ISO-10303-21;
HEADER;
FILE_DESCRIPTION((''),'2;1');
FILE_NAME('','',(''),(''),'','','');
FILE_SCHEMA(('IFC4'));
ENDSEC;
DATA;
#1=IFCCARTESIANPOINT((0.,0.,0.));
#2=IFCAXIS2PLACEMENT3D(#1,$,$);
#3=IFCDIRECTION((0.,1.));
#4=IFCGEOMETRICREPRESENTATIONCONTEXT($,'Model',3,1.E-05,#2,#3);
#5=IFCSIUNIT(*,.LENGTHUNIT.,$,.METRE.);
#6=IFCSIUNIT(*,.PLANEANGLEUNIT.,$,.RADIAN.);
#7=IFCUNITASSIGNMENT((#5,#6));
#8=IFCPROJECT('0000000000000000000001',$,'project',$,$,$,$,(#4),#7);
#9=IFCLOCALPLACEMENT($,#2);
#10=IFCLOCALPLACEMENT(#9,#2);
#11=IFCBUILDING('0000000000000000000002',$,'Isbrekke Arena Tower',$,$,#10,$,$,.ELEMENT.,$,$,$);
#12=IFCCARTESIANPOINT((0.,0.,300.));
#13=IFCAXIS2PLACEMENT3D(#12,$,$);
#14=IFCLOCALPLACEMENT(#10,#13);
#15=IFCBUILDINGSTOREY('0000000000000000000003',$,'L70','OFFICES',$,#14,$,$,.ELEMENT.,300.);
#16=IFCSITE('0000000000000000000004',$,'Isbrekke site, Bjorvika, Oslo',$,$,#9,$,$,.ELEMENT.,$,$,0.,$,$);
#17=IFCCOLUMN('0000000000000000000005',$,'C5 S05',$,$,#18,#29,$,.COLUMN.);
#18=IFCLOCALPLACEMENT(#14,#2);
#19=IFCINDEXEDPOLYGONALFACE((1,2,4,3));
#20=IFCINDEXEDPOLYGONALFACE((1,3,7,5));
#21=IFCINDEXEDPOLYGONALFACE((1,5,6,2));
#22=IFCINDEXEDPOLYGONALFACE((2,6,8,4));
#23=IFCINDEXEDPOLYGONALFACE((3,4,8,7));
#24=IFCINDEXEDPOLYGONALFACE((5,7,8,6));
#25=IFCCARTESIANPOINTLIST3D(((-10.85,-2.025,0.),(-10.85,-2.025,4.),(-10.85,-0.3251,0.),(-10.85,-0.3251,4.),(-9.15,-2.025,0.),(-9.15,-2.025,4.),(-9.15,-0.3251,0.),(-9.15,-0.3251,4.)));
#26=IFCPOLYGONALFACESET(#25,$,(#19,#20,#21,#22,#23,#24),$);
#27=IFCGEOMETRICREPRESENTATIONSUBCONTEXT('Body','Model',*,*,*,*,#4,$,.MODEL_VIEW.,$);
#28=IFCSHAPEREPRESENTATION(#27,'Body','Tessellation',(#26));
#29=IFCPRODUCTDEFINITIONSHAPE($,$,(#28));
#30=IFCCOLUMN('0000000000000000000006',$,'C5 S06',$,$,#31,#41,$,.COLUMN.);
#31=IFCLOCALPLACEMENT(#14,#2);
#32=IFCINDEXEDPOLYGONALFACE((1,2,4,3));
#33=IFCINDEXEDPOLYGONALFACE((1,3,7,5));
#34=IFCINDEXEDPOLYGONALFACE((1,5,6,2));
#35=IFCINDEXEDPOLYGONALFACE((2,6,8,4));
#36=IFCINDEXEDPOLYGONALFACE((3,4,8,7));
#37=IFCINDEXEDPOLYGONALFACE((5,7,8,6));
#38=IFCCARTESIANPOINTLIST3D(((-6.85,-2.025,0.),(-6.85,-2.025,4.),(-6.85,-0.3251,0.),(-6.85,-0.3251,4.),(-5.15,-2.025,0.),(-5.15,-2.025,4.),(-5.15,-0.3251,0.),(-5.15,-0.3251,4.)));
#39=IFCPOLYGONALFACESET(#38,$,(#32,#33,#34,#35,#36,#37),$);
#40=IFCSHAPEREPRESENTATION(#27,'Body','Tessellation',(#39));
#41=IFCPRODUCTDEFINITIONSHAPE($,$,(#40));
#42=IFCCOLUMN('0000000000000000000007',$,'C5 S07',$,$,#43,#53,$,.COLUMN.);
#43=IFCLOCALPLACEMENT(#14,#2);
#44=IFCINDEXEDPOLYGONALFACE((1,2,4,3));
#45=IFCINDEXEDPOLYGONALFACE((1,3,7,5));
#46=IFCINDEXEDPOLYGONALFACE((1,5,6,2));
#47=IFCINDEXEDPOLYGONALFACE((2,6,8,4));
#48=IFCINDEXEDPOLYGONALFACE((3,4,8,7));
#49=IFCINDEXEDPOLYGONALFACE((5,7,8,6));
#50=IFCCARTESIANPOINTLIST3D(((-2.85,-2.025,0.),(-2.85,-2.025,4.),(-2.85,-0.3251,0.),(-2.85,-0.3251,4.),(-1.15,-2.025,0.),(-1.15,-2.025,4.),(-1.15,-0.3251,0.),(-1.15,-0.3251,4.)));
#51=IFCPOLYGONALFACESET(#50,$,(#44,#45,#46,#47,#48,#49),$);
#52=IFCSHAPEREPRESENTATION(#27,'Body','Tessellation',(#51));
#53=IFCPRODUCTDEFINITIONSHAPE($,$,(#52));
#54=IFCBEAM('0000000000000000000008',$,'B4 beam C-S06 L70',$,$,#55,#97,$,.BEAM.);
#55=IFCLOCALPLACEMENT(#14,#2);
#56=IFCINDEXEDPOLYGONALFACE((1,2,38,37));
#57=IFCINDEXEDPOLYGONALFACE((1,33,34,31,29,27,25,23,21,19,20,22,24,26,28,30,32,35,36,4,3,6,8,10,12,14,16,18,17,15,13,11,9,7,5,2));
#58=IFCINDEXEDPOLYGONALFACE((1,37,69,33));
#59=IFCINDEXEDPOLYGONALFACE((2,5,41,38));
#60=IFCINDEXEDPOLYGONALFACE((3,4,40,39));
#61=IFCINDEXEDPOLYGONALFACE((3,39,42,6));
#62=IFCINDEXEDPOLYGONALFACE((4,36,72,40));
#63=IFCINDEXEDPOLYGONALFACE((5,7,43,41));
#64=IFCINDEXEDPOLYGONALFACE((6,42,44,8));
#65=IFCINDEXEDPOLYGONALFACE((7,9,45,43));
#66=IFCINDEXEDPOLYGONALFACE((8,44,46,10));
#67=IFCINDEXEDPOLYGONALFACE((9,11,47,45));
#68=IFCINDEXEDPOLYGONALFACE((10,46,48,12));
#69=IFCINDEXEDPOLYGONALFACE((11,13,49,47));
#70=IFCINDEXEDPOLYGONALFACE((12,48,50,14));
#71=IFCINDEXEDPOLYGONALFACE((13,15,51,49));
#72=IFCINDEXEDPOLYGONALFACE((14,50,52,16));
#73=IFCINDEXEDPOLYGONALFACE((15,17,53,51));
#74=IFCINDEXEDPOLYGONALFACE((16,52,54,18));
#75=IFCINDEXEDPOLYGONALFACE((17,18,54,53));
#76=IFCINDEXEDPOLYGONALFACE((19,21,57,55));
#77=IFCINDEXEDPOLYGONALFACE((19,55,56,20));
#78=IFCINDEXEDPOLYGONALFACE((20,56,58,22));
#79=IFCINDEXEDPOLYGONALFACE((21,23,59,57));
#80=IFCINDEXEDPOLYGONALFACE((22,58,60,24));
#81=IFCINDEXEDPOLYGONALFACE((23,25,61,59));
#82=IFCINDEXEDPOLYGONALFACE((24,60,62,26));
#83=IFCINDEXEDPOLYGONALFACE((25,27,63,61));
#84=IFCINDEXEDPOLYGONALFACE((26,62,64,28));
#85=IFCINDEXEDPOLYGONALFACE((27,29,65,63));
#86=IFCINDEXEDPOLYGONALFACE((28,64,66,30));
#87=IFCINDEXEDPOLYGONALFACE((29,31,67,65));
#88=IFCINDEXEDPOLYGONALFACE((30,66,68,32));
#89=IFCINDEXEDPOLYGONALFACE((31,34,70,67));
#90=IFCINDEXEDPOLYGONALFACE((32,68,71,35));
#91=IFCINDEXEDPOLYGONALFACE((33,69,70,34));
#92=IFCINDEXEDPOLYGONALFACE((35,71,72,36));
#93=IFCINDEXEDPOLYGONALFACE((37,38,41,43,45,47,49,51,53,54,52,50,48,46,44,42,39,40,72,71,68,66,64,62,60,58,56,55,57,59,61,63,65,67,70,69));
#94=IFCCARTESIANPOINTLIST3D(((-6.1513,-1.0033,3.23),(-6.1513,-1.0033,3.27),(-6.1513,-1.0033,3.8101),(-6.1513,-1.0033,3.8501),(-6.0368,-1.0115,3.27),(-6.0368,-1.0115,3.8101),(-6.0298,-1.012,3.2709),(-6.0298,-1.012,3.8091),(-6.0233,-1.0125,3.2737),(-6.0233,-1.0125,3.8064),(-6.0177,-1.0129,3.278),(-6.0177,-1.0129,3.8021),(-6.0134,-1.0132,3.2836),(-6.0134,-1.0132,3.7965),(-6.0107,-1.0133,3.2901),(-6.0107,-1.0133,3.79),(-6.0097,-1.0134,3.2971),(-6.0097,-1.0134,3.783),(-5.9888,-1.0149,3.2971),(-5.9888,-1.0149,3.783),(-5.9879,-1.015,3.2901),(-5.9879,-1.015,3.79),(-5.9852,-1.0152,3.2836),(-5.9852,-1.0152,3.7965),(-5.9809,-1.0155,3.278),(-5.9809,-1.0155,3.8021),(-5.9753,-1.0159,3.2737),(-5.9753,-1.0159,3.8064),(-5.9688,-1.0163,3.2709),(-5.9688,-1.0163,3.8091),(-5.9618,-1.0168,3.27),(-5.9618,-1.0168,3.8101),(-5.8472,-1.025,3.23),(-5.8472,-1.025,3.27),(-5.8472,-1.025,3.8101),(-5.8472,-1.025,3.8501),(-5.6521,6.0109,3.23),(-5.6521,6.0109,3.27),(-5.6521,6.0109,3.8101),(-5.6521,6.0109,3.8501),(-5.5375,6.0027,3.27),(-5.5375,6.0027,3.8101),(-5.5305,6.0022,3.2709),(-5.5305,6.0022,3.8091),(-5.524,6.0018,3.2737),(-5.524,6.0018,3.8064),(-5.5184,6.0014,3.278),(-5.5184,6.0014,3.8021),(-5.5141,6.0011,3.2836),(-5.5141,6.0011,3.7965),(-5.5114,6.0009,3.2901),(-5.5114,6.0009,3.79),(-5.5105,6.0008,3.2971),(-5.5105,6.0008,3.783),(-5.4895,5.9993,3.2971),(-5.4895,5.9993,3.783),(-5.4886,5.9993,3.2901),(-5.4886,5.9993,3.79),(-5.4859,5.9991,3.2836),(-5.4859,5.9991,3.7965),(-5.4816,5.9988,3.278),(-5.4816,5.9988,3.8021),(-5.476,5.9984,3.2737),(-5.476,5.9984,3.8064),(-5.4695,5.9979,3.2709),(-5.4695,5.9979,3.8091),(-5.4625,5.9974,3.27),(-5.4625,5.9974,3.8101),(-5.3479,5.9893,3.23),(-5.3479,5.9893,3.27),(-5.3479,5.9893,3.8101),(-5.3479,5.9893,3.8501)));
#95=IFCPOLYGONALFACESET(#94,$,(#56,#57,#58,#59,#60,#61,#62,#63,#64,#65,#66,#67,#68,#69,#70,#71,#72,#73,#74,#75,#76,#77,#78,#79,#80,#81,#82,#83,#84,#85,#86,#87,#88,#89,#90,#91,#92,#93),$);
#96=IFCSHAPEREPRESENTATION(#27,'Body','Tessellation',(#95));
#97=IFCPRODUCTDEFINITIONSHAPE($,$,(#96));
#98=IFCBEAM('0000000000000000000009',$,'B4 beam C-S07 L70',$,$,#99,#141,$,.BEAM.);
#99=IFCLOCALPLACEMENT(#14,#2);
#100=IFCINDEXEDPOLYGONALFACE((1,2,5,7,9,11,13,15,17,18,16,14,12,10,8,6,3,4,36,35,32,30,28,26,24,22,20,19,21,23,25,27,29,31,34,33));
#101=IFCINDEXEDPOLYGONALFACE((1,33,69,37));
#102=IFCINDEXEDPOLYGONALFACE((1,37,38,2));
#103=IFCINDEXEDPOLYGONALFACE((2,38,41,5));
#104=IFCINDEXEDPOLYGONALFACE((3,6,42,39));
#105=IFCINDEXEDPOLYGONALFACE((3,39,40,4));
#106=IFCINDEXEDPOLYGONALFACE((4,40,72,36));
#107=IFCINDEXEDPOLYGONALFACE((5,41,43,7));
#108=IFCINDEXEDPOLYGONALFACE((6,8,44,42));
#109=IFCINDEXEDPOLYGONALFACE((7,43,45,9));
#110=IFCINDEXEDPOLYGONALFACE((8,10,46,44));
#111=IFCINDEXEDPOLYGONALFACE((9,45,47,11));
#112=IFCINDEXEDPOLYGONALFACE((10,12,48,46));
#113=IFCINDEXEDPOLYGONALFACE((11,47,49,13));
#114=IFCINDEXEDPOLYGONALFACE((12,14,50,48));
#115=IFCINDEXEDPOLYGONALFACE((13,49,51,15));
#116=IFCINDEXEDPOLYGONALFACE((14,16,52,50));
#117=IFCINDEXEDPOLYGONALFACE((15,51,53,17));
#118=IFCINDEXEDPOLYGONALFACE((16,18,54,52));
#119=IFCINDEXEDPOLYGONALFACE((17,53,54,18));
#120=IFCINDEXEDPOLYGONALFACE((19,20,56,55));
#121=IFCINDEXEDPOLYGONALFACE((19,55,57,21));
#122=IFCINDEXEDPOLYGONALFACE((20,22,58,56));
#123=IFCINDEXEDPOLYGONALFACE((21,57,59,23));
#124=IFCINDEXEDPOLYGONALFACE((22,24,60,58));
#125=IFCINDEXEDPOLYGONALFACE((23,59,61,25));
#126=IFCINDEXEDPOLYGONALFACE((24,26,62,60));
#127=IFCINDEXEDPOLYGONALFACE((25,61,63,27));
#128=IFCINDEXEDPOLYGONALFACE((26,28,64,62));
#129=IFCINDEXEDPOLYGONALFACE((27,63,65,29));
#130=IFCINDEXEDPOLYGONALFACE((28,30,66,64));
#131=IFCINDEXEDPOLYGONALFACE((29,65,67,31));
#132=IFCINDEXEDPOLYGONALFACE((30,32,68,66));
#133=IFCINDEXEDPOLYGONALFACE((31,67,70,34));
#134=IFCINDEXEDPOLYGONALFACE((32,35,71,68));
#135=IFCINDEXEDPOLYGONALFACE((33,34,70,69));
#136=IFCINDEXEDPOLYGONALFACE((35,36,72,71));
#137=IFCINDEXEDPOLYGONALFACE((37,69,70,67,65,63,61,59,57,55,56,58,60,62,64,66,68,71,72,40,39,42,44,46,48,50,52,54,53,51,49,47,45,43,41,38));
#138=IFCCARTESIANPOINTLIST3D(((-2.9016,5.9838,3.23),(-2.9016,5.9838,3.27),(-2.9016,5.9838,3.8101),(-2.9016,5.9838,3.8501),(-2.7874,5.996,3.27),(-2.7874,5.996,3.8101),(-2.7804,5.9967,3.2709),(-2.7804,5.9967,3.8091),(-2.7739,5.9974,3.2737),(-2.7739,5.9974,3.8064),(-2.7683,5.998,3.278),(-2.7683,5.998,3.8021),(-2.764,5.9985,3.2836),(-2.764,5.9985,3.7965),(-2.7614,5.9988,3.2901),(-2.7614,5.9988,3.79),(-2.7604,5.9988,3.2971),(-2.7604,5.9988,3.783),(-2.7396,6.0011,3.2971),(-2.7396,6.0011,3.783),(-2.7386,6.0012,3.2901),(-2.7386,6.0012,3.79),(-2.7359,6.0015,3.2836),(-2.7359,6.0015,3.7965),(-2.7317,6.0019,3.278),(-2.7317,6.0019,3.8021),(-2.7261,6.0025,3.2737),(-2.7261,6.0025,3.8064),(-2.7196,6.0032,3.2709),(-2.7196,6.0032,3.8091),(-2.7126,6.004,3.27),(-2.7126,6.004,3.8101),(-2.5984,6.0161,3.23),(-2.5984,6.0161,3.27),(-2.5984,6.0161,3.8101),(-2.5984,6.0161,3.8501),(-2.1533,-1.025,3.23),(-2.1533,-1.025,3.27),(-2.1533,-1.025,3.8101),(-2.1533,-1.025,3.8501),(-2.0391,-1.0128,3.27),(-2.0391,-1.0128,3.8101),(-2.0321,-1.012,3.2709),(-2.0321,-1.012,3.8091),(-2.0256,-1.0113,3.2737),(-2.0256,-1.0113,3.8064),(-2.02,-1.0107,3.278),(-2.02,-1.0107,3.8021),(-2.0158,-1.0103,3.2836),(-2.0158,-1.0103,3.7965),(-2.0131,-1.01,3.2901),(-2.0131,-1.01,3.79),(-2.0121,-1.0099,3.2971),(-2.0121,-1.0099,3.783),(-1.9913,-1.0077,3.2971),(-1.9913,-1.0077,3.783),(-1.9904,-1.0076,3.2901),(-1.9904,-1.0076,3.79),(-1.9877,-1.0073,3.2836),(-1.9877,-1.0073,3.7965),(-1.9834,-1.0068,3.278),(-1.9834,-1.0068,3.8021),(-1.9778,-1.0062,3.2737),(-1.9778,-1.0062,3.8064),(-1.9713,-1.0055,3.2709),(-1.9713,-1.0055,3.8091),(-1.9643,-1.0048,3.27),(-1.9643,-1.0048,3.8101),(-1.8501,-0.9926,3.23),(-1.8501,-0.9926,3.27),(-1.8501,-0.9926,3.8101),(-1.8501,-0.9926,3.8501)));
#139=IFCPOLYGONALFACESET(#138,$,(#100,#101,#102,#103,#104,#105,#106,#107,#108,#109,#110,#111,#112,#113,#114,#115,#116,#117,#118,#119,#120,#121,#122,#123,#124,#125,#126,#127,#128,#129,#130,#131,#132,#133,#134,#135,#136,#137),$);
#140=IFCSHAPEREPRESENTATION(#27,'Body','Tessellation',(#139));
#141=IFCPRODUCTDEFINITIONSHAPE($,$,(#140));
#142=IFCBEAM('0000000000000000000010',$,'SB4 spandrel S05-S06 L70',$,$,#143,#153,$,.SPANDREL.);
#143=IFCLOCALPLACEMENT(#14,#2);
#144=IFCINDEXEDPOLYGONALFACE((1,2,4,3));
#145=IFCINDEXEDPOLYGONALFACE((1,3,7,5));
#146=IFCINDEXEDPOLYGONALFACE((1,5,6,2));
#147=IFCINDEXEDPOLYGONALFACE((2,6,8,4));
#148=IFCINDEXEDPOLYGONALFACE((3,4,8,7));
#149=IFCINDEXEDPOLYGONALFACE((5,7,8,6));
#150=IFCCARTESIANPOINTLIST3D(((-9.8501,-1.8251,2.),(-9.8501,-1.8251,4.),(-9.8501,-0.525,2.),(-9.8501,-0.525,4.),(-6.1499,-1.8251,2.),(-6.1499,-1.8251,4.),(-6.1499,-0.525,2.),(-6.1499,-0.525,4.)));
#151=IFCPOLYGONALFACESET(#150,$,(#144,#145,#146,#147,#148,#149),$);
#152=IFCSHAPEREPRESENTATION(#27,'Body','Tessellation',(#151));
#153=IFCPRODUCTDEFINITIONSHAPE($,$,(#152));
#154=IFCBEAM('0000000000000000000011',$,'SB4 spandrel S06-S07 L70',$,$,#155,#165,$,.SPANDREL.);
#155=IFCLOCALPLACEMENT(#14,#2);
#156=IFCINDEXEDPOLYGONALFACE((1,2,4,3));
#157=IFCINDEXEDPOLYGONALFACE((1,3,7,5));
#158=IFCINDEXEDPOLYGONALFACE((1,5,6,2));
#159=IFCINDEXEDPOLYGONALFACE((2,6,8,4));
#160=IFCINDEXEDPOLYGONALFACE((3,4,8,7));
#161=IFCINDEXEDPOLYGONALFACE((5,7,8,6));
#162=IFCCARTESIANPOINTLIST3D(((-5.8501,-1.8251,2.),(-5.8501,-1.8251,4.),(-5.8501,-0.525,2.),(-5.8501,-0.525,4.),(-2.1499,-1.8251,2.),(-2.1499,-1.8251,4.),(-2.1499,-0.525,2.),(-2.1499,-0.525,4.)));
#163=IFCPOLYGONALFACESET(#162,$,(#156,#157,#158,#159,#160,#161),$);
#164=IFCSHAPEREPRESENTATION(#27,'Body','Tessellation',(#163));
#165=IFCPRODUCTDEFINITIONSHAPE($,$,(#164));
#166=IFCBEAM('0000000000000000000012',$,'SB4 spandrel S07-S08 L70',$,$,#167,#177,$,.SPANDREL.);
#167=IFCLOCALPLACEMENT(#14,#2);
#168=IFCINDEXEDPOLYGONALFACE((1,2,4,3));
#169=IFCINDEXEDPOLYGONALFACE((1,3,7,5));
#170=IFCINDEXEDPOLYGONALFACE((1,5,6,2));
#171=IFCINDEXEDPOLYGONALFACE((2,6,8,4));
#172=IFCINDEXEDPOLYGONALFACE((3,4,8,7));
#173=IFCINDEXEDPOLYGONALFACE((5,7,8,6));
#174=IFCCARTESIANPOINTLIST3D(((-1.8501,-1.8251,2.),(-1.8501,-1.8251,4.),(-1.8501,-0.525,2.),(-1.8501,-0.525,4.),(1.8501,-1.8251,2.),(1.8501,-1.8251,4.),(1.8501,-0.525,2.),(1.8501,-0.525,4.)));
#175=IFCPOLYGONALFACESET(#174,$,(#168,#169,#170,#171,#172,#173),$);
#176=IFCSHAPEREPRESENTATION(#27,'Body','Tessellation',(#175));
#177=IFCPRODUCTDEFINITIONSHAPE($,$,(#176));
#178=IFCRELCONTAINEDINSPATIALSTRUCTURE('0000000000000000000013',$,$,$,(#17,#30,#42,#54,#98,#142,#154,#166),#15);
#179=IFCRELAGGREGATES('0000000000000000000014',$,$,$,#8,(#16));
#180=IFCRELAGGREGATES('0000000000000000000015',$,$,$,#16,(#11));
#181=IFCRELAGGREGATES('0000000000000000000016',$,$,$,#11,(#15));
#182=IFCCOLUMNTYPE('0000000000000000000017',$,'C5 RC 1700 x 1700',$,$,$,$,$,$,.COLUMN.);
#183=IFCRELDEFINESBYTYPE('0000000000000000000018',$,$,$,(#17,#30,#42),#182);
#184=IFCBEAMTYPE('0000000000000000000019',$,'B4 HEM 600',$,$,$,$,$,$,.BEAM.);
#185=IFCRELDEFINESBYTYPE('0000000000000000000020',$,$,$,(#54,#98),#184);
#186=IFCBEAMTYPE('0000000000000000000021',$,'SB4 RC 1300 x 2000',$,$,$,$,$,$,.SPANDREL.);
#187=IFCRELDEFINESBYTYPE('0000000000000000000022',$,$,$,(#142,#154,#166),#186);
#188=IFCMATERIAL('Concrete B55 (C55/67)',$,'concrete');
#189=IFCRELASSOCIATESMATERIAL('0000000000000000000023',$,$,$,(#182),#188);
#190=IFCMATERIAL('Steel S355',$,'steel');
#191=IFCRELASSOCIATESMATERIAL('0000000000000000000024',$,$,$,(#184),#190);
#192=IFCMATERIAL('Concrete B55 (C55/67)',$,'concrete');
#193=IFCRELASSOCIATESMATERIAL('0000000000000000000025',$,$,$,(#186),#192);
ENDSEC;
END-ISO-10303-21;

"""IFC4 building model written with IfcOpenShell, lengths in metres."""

from ifc_helpers import new_model, si_unit, direction, frame, origin, origin_2d, place, context, subcontext, project, spatial, rectangle, i_section, extrude, material, material_profile, profile_set, type_object, element, save


model = new_model("IFC4")

# Units and contexts
model_context = context("Model", 3, precision=1e-05, world=origin(), true_north=direction((0.0, 1.0)))
body_context = subcontext(model_context, "Body", "Model", "MODEL_VIEW")
ifc_project = project(units=[si_unit("LENGTHUNIT", "METRE"), si_unit("PLANEANGLEUNIT", "RADIAN")], contexts=[model_context])

# Site, building, storey
site_placement = place(None, origin())
site = spatial("IfcSite", under=ifc_project, at=site_placement, Name="Isbrekke site, Bjorvika, Oslo", CompositionType="ELEMENT", RefElevation=0.0)
building_placement = place(site_placement, origin())
building = spatial("IfcBuilding", under=site, at=building_placement, Name="Isbrekke Arena Tower", CompositionType="ELEMENT")
storey_placement = place(building_placement, frame((0.0, 0.0, 300.0)))
storey = spatial("IfcBuildingStorey", under=building, at=storey_placement, Name="L70", Description="OFFICES", CompositionType="ELEMENT", Elevation=300.0)

# Columns
ifc_material_1 = material(Name="Concrete B55 (C55/67)", Category="concrete")
ifc_material_profile_1 = material_profile(ifc_material_1, rectangle(XDim=1.7, YDim=1.7, at=origin_2d()), Name="RC 1700x1700")
ifc_profile_set_1 = profile_set([ifc_material_profile_1], Name="Concrete B55 (C55/67)")
column_type = type_object("IfcColumnType", Name="C5 RC 1700 x 1700", PredefinedType="COLUMN", material=ifc_profile_set_1)
for number, where, z_axis, x_axis, name in (
    (1, (-10.0, -1.175, 0.0), (0.0, 0.0, 1.0), (1.0, 0.0, 0.0), "C5 S05"),
    (2, (-6.0, -1.175, 0.0), (0.0, 0.0, 1.0), (1.0, 0.0, 0.0), "C5 S06"),
    (3, (-2.0, -1.175, 0.0), (0.0, 0.0, 1.0), (1.0, 0.0, 0.0), "C5 S07"),
):
    element("IfcColumn", number, at=place(storey_placement, frame(where, z_axis=z_axis, x_axis=x_axis)), inside=storey, type_object=column_type, Name=name, PredefinedType="COLUMN", context=body_context, shape_type="SweptSolid", body=[
        extrude(rectangle(XDim=1.7, YDim=1.7, at=origin_2d()), origin(), (0.0, 0.0, 1.0), 4.0),
    ])

# Beams
ifc_material_2 = material(Name="Steel S355", Category="steel")
ifc_material_profile_2 = material_profile(ifc_material_2, i_section(OverallWidth=0.3049, OverallDepth=0.6201, WebThickness=0.021, FlangeThickness=0.04, FilletRadius=0.0271, at=origin_2d()), Name="HEM 600")
ifc_profile_set_2 = profile_set([ifc_material_profile_2], Name="Steel S355")
beam_type_1 = type_object("IfcBeamType", Name="B4 HEM 600", PredefinedType="BEAM", material=ifc_profile_set_2)
beam_1_placement = place(storey_placement, frame((-5.9993, -1.0142, 3.54), z_axis=(0.071, 0.997476, 0.0), x_axis=(-0.997476, 0.071, 0.0)))
element("IfcBeam", 4, at=beam_1_placement, inside=storey, type_object=beam_type_1, Name="B4 beam C-S06 L70", PredefinedType="BEAM", context=body_context, shape_type="SweptSolid", body=[
    extrude(i_section(OverallWidth=0.3049, OverallDepth=0.6201, WebThickness=0.021, FlangeThickness=0.04, FilletRadius=0.0271, at=origin_2d()), origin(), (0.0, 0.0, 1.0), 7.032),
])
beam_2_placement = place(storey_placement, frame((-2.0017, -1.0088, 3.54), z_axis=(-0.106161, 0.994349, 0.0), x_axis=(-0.994349, -0.106161, 0.0)))
element("IfcBeam", 5, at=beam_2_placement, inside=storey, type_object=beam_type_1, Name="B4 beam C-S07 L70", PredefinedType="BEAM", context=body_context, shape_type="SweptSolid", body=[
    extrude(i_section(OverallWidth=0.3049, OverallDepth=0.6201, WebThickness=0.021, FlangeThickness=0.04, FilletRadius=0.0271, at=origin_2d()), origin(), (0.0, 0.0, 1.0), 7.0486),
])
ifc_material_3 = material(Name="Concrete B55 (C55/67)", Category="concrete")
ifc_material_profile_3 = material_profile(ifc_material_3, rectangle(XDim=1.3, YDim=2.0, at=origin_2d()), Name="RC 1300x2000")
ifc_profile_set_3 = profile_set([ifc_material_profile_3], Name="Concrete B55 (C55/67)")
beam_type_2 = type_object("IfcBeamType", Name="SB4 RC 1300 x 2000", PredefinedType="SPANDREL", material=ifc_profile_set_3)
for number, where, z_axis, x_axis, name in (
    (6, (-9.8501, -1.175, 3.0), (1.0, 0.0, 0.0), (0.0, 1.0, 0.0), "SB4 spandrel S05-S06 L70"),
    (7, (-5.8501, -1.175, 3.0), (1.0, 0.0, 0.0), (0.0, 1.0, 0.0), "SB4 spandrel S06-S07 L70"),
    (8, (-1.8501, -1.175, 3.0), (1.0, 0.0, 0.0), (0.0, 1.0, 0.0), "SB4 spandrel S07-S08 L70"),
):
    element("IfcBeam", number, at=place(storey_placement, frame(where, z_axis=z_axis, x_axis=x_axis)), inside=storey, type_object=beam_type_2, Name=name, PredefinedType="SPANDREL", context=body_context, shape_type="SweptSolid", body=[
        extrude(rectangle(XDim=1.3, YDim=2.0, at=origin_2d()), origin(), (0.0, 0.0, 1.0), 3.7002),
    ])

save(model, "model.ifc")
